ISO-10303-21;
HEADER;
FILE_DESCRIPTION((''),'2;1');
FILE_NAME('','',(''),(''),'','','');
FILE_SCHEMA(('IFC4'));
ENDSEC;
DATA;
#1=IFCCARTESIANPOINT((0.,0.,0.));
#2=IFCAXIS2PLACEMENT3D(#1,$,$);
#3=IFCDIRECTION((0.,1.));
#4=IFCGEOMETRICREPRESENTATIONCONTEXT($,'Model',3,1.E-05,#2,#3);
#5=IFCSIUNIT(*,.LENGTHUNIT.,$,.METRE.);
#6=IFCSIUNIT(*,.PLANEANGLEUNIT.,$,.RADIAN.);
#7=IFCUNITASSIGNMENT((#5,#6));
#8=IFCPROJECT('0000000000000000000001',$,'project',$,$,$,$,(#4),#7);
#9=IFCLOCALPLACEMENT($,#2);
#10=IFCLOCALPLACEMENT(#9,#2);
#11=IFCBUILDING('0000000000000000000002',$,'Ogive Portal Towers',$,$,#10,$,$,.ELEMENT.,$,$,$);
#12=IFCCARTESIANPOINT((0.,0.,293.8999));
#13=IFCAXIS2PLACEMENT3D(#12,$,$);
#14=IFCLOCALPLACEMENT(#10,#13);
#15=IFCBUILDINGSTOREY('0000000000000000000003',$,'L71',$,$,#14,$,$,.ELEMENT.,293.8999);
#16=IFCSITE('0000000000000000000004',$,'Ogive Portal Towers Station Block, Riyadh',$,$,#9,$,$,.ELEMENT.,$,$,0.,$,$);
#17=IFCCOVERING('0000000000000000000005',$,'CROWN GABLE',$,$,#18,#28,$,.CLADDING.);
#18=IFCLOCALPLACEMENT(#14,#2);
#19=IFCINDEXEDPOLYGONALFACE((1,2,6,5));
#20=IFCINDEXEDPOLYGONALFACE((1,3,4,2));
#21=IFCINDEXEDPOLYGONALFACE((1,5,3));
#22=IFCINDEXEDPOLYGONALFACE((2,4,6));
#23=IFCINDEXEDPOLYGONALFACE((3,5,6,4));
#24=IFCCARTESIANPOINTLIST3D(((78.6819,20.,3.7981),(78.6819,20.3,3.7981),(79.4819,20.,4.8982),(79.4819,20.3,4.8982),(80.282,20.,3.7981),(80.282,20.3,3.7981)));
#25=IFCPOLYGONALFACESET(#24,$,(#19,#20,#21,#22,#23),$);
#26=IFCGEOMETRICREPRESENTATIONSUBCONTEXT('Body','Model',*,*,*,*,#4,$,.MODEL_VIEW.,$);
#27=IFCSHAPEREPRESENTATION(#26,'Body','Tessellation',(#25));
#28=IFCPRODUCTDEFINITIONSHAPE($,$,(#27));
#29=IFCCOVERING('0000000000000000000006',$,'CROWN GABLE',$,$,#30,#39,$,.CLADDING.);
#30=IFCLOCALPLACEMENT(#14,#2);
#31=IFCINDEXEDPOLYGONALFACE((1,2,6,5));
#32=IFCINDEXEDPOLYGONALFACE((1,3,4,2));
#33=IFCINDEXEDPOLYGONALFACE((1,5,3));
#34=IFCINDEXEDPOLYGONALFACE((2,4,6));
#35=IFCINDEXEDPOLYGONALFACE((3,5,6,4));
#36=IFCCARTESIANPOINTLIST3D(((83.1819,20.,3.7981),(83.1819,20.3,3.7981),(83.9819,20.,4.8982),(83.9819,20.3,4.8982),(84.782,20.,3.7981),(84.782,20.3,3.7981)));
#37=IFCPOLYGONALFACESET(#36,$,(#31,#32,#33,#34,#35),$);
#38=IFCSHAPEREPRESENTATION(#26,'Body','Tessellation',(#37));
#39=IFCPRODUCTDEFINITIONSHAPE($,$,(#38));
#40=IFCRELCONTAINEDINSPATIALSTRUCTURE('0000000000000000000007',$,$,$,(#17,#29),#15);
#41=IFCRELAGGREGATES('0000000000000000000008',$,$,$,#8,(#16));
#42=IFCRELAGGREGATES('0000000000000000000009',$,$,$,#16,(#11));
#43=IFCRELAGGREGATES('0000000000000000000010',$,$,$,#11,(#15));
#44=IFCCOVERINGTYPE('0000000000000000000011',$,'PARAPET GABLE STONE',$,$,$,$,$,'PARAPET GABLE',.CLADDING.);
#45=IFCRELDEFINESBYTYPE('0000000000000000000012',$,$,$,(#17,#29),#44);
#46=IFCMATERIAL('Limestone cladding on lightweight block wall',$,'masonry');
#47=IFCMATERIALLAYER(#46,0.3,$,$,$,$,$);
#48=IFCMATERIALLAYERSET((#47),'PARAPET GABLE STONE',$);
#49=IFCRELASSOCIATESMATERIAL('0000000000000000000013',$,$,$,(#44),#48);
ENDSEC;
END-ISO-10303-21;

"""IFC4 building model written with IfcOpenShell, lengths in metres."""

from ifc_helpers import new_model, si_unit, direction, frame, origin, place, context, subcontext, project, spatial, polyline, outline, extrude, material, layer, layer_set, type_object, element, save


model = new_model("IFC4")

# Units and contexts
model_context = context("Model", 3, precision=1e-05, world=origin(), true_north=direction((0.0, 1.0)))
body_context = subcontext(model_context, "Body", "Model", "MODEL_VIEW")
ifc_project = project(units=[si_unit("LENGTHUNIT", "METRE"), si_unit("PLANEANGLEUNIT", "RADIAN")], contexts=[model_context])

# Site, building, storey
site_placement = place(None, origin())
site = spatial("IfcSite", under=ifc_project, at=site_placement, Name="Ogive Portal Towers Station Block, Riyadh", CompositionType="ELEMENT", RefElevation=0.0)
building_placement = place(site_placement, origin())
building = spatial("IfcBuilding", under=site, at=building_placement, Name="Ogive Portal Towers", CompositionType="ELEMENT")
storey_placement = place(building_placement, frame((0.0, 0.0, 293.8999)))
storey = spatial("IfcBuildingStorey", under=building, at=storey_placement, Name="L71", CompositionType="ELEMENT", Elevation=293.8999)

# Shared definitions
ifc_material_1 = material(Name="Limestone cladding on lightweight block wall", Category="masonry")

# Coverings
ifc_layer_1 = layer(ifc_material_1, 0.3)
ifc_layer_set_1 = layer_set([ifc_layer_1], Name="PARAPET GABLE STONE")
covering_type_1 = type_object("IfcCoveringType", Name="PARAPET GABLE STONE", ElementType="PARAPET GABLE", PredefinedType="CLADDING", material=ifc_layer_set_1)
for number, where, z_axis, x_axis, name in (
    (1, (78.6819, 20.0, 3.7981), (0.0, -1.0, 0.0), (1.0, 0.0, 0.0), "CROWN GABLE"),
    (2, (83.1819, 20.0, 3.7981), (0.0, -1.0, 0.0), (1.0, 0.0, 0.0), "CROWN GABLE"),
):
    element("IfcCovering", number, at=place(storey_placement, frame(where, z_axis=z_axis, x_axis=x_axis)), inside=storey, type_object=covering_type_1, Name=name, PredefinedType="CLADDING", context=body_context, shape_type="SweptSolid", body=[
        extrude(outline(polyline([(0.0, 0.0), (1.6001, 0.0), (0.8, 1.1001), (0.0, 0.0)])), origin(), (0.0, 0.0, -1.0), 0.3),
    ])

save(model, "model.ifc")
